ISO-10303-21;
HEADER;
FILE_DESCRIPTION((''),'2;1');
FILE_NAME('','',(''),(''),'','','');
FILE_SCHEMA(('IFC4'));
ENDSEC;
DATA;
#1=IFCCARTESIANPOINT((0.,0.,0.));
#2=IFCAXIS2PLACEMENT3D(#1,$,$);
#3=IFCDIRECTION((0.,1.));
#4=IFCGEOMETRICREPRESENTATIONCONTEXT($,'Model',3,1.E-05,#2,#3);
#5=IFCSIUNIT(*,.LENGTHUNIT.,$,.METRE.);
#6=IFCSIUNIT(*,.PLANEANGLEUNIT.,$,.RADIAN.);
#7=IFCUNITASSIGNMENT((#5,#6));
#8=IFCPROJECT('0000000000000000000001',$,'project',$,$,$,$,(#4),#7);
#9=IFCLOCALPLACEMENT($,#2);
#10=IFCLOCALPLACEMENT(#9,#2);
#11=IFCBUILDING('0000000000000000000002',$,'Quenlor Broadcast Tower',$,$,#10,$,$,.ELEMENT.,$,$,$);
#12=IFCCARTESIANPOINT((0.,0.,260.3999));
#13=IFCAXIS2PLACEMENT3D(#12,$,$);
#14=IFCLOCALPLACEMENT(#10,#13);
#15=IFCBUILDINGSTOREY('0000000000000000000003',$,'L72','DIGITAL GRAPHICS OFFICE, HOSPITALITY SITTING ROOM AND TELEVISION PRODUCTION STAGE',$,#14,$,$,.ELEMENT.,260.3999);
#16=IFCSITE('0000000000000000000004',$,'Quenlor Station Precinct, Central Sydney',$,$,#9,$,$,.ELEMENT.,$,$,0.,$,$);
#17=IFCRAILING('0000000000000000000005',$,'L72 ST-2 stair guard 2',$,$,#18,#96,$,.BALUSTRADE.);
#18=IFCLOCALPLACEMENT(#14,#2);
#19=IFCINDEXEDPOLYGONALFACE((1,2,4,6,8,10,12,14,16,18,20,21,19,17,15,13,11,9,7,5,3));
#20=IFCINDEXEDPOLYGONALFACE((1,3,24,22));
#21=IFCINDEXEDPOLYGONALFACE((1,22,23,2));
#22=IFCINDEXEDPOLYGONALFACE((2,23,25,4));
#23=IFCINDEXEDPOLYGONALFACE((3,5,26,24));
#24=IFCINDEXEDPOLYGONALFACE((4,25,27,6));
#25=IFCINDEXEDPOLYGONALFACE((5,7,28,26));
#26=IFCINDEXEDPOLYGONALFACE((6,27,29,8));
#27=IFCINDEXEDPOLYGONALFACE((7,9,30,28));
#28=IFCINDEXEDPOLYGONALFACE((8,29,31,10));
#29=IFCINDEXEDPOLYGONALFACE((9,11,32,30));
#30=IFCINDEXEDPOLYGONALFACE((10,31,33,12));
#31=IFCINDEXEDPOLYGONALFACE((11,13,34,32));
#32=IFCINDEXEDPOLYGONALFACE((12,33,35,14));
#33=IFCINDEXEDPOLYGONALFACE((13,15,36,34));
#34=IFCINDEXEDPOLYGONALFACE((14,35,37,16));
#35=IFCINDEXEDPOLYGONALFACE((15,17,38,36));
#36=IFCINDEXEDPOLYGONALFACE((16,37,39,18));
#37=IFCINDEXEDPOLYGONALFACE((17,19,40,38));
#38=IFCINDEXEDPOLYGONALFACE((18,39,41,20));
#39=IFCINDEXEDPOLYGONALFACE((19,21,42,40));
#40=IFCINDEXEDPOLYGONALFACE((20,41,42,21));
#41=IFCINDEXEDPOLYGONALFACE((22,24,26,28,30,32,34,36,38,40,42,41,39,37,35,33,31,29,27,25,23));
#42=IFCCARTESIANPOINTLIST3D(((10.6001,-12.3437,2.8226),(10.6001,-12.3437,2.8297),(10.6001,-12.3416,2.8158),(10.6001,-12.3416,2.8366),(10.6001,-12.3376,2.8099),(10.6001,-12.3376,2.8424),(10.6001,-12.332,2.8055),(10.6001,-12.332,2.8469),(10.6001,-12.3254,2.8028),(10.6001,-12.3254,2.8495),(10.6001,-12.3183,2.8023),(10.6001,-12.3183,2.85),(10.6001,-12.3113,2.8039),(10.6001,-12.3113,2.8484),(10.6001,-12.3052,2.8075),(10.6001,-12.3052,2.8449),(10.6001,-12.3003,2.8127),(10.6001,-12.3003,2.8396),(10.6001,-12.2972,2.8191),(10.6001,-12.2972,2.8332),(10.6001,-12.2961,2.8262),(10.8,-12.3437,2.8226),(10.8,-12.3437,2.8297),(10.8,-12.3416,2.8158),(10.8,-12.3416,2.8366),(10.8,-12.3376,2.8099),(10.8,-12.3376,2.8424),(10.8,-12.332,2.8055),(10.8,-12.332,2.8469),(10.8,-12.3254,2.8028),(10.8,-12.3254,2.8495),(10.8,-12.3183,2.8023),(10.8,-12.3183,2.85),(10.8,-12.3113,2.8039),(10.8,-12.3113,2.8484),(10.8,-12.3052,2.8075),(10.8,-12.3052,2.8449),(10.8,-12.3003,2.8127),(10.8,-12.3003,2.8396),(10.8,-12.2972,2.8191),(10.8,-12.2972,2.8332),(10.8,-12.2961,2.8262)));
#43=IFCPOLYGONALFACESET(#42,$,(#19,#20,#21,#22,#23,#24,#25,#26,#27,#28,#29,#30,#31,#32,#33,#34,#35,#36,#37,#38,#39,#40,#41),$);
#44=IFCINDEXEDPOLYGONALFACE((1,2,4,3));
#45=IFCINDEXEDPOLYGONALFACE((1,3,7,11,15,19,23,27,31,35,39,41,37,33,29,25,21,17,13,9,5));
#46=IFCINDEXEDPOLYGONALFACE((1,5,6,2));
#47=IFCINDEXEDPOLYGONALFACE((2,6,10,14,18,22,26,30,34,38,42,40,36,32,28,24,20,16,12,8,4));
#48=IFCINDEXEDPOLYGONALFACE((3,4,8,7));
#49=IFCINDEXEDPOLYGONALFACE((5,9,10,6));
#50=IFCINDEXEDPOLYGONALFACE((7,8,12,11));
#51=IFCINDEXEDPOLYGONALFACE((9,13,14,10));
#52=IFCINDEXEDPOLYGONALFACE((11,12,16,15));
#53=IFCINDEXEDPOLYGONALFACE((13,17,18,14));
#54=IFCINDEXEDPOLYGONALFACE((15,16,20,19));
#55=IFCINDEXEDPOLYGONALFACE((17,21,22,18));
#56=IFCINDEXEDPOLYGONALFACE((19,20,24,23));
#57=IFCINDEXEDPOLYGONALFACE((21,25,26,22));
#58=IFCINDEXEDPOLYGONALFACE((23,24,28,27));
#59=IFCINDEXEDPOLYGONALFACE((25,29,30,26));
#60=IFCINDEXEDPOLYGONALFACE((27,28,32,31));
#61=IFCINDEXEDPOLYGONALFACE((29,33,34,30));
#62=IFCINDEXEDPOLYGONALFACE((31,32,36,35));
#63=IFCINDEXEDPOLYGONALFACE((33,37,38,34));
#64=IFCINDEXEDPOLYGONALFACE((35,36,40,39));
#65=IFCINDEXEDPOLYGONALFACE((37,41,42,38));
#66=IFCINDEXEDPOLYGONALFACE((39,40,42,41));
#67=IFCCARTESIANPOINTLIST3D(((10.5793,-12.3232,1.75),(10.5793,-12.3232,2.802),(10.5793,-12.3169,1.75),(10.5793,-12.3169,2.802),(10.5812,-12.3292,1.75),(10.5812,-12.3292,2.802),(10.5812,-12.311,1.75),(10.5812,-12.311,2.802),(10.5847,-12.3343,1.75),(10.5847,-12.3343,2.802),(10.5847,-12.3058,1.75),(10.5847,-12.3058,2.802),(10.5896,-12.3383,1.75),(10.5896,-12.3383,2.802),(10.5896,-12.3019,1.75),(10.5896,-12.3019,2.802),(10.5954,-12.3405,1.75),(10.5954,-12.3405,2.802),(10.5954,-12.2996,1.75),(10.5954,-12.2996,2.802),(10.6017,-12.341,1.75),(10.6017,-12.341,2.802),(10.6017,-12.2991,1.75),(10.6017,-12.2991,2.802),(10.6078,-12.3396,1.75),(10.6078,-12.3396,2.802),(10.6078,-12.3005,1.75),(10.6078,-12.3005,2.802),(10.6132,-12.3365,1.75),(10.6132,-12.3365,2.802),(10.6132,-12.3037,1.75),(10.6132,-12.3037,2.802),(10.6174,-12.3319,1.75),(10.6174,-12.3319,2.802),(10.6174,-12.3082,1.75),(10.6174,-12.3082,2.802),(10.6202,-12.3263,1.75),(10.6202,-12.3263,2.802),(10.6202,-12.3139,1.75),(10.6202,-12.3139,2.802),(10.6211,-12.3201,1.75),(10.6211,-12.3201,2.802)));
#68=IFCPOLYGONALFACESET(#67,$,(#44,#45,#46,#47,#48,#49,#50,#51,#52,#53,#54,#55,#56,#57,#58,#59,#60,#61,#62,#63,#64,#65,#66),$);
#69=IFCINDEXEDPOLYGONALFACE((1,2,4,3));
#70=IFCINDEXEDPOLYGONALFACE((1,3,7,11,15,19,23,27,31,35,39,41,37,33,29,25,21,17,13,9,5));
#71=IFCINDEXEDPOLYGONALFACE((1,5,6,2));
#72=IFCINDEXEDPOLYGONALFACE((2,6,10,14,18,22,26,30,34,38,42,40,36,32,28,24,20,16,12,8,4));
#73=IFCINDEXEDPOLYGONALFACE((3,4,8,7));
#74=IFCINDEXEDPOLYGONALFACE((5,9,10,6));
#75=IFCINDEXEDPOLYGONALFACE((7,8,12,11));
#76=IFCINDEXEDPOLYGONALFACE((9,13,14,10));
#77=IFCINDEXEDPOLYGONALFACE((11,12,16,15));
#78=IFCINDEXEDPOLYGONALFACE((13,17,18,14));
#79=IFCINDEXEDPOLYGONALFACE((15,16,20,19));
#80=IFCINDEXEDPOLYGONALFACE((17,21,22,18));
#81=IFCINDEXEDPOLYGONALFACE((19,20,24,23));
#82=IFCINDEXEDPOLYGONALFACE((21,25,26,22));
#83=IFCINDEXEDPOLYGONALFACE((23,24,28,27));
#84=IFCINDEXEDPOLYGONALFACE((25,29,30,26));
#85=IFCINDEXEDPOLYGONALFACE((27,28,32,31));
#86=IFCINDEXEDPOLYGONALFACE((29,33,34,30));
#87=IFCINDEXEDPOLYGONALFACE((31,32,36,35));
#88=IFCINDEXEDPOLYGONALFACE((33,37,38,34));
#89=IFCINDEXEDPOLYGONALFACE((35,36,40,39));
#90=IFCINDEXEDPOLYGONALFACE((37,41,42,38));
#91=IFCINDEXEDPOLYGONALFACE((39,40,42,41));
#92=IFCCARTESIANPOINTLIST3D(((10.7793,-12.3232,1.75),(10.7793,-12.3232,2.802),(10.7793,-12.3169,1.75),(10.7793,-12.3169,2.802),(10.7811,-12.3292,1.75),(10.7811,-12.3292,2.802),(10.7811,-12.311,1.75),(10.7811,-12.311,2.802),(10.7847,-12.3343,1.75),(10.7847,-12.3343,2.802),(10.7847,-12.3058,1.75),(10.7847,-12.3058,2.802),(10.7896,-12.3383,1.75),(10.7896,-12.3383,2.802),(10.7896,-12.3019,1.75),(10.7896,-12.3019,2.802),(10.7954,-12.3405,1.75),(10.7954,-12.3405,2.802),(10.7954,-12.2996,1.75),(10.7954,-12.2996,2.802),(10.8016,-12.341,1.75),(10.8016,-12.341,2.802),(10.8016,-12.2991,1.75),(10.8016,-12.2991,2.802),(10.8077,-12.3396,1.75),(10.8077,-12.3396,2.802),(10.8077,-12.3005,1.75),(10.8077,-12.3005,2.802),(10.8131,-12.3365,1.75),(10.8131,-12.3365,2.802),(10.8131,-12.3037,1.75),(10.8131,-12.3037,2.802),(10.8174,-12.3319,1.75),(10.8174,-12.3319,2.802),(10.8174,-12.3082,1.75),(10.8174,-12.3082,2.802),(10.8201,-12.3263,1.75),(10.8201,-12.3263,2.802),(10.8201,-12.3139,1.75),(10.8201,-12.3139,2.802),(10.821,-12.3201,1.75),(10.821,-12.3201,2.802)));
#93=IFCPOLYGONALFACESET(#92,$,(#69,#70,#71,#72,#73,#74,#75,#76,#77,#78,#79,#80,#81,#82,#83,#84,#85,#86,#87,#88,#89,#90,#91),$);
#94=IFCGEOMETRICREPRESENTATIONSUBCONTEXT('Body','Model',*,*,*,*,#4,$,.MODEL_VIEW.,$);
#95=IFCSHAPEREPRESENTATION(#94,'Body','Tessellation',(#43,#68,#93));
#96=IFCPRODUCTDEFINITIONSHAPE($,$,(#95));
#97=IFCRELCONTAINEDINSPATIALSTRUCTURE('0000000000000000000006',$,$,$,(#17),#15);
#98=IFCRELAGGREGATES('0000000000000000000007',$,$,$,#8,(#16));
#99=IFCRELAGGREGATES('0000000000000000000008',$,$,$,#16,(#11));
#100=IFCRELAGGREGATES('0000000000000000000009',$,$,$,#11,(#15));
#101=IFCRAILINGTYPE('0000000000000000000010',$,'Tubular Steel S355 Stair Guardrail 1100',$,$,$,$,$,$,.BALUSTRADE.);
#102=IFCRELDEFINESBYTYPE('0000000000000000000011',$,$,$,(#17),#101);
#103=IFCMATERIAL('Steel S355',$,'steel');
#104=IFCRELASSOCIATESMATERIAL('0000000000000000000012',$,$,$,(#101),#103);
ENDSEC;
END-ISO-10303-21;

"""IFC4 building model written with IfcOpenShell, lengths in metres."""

from ifc_helpers import new_model, si_unit, direction, frame, origin, origin_2d, place, context, subcontext, project, spatial, circle, extrude, material, type_object, element, save


model = new_model("IFC4")

# Units and contexts
model_context = context("Model", 3, precision=1e-05, world=origin(), true_north=direction((0.0, 1.0)))
body_context = subcontext(model_context, "Body", "Model", "MODEL_VIEW")
ifc_project = project(units=[si_unit("LENGTHUNIT", "METRE"), si_unit("PLANEANGLEUNIT", "RADIAN")], contexts=[model_context])

# Site, building, storey
site_placement = place(None, origin())
site = spatial("IfcSite", under=ifc_project, at=site_placement, Name="Quenlor Station Precinct, Central Sydney", CompositionType="ELEMENT", RefElevation=0.0)
building_placement = place(site_placement, origin())
building = spatial("IfcBuilding", under=site, at=building_placement, Name="Quenlor Broadcast Tower", CompositionType="ELEMENT")
storey_placement = place(building_placement, frame((0.0, 0.0, 260.3999)))
storey = spatial("IfcBuildingStorey", under=building, at=storey_placement, Name="L72", Description="DIGITAL GRAPHICS OFFICE, HOSPITALITY SITTING ROOM AND TELEVISION PRODUCTION STAGE", CompositionType="ELEMENT", Elevation=260.3999)

# Railing
ifc_material_1 = material(Name="Steel S355", Category="steel")
railing_type_1 = type_object("IfcRailingType", Name="Tubular Steel S355 Stair Guardrail 1100", PredefinedType="BALUSTRADE", material=ifc_material_1)
railing_1_placement = place(storey_placement, frame((10.6001, -12.3201, 1.75)))
element("IfcRailing", 1, at=railing_1_placement, inside=storey, type_object=railing_type_1, Name="L72 ST-2 stair guard 2", PredefinedType="BALUSTRADE", context=body_context, shape_type="SweptSolid", body=[
    extrude(circle(Radius=0.0239, at=origin_2d()), frame((0.0, 0.0, 1.0762), z_axis=(1.0, 0.0, 0.0), x_axis=(0.0, 1.0, 0.0)), (0.0, 0.0, 1.0), 0.2),
    extrude(circle(Radius=0.021, at=origin_2d()), origin(), (0.0, 0.0, 1.0), 1.052),
    extrude(circle(Radius=0.021, at=origin_2d()), frame((0.2, 0.0, 0.0)), (0.0, 0.0, 1.0), 1.052),
])

save(model, "model.ifc")
